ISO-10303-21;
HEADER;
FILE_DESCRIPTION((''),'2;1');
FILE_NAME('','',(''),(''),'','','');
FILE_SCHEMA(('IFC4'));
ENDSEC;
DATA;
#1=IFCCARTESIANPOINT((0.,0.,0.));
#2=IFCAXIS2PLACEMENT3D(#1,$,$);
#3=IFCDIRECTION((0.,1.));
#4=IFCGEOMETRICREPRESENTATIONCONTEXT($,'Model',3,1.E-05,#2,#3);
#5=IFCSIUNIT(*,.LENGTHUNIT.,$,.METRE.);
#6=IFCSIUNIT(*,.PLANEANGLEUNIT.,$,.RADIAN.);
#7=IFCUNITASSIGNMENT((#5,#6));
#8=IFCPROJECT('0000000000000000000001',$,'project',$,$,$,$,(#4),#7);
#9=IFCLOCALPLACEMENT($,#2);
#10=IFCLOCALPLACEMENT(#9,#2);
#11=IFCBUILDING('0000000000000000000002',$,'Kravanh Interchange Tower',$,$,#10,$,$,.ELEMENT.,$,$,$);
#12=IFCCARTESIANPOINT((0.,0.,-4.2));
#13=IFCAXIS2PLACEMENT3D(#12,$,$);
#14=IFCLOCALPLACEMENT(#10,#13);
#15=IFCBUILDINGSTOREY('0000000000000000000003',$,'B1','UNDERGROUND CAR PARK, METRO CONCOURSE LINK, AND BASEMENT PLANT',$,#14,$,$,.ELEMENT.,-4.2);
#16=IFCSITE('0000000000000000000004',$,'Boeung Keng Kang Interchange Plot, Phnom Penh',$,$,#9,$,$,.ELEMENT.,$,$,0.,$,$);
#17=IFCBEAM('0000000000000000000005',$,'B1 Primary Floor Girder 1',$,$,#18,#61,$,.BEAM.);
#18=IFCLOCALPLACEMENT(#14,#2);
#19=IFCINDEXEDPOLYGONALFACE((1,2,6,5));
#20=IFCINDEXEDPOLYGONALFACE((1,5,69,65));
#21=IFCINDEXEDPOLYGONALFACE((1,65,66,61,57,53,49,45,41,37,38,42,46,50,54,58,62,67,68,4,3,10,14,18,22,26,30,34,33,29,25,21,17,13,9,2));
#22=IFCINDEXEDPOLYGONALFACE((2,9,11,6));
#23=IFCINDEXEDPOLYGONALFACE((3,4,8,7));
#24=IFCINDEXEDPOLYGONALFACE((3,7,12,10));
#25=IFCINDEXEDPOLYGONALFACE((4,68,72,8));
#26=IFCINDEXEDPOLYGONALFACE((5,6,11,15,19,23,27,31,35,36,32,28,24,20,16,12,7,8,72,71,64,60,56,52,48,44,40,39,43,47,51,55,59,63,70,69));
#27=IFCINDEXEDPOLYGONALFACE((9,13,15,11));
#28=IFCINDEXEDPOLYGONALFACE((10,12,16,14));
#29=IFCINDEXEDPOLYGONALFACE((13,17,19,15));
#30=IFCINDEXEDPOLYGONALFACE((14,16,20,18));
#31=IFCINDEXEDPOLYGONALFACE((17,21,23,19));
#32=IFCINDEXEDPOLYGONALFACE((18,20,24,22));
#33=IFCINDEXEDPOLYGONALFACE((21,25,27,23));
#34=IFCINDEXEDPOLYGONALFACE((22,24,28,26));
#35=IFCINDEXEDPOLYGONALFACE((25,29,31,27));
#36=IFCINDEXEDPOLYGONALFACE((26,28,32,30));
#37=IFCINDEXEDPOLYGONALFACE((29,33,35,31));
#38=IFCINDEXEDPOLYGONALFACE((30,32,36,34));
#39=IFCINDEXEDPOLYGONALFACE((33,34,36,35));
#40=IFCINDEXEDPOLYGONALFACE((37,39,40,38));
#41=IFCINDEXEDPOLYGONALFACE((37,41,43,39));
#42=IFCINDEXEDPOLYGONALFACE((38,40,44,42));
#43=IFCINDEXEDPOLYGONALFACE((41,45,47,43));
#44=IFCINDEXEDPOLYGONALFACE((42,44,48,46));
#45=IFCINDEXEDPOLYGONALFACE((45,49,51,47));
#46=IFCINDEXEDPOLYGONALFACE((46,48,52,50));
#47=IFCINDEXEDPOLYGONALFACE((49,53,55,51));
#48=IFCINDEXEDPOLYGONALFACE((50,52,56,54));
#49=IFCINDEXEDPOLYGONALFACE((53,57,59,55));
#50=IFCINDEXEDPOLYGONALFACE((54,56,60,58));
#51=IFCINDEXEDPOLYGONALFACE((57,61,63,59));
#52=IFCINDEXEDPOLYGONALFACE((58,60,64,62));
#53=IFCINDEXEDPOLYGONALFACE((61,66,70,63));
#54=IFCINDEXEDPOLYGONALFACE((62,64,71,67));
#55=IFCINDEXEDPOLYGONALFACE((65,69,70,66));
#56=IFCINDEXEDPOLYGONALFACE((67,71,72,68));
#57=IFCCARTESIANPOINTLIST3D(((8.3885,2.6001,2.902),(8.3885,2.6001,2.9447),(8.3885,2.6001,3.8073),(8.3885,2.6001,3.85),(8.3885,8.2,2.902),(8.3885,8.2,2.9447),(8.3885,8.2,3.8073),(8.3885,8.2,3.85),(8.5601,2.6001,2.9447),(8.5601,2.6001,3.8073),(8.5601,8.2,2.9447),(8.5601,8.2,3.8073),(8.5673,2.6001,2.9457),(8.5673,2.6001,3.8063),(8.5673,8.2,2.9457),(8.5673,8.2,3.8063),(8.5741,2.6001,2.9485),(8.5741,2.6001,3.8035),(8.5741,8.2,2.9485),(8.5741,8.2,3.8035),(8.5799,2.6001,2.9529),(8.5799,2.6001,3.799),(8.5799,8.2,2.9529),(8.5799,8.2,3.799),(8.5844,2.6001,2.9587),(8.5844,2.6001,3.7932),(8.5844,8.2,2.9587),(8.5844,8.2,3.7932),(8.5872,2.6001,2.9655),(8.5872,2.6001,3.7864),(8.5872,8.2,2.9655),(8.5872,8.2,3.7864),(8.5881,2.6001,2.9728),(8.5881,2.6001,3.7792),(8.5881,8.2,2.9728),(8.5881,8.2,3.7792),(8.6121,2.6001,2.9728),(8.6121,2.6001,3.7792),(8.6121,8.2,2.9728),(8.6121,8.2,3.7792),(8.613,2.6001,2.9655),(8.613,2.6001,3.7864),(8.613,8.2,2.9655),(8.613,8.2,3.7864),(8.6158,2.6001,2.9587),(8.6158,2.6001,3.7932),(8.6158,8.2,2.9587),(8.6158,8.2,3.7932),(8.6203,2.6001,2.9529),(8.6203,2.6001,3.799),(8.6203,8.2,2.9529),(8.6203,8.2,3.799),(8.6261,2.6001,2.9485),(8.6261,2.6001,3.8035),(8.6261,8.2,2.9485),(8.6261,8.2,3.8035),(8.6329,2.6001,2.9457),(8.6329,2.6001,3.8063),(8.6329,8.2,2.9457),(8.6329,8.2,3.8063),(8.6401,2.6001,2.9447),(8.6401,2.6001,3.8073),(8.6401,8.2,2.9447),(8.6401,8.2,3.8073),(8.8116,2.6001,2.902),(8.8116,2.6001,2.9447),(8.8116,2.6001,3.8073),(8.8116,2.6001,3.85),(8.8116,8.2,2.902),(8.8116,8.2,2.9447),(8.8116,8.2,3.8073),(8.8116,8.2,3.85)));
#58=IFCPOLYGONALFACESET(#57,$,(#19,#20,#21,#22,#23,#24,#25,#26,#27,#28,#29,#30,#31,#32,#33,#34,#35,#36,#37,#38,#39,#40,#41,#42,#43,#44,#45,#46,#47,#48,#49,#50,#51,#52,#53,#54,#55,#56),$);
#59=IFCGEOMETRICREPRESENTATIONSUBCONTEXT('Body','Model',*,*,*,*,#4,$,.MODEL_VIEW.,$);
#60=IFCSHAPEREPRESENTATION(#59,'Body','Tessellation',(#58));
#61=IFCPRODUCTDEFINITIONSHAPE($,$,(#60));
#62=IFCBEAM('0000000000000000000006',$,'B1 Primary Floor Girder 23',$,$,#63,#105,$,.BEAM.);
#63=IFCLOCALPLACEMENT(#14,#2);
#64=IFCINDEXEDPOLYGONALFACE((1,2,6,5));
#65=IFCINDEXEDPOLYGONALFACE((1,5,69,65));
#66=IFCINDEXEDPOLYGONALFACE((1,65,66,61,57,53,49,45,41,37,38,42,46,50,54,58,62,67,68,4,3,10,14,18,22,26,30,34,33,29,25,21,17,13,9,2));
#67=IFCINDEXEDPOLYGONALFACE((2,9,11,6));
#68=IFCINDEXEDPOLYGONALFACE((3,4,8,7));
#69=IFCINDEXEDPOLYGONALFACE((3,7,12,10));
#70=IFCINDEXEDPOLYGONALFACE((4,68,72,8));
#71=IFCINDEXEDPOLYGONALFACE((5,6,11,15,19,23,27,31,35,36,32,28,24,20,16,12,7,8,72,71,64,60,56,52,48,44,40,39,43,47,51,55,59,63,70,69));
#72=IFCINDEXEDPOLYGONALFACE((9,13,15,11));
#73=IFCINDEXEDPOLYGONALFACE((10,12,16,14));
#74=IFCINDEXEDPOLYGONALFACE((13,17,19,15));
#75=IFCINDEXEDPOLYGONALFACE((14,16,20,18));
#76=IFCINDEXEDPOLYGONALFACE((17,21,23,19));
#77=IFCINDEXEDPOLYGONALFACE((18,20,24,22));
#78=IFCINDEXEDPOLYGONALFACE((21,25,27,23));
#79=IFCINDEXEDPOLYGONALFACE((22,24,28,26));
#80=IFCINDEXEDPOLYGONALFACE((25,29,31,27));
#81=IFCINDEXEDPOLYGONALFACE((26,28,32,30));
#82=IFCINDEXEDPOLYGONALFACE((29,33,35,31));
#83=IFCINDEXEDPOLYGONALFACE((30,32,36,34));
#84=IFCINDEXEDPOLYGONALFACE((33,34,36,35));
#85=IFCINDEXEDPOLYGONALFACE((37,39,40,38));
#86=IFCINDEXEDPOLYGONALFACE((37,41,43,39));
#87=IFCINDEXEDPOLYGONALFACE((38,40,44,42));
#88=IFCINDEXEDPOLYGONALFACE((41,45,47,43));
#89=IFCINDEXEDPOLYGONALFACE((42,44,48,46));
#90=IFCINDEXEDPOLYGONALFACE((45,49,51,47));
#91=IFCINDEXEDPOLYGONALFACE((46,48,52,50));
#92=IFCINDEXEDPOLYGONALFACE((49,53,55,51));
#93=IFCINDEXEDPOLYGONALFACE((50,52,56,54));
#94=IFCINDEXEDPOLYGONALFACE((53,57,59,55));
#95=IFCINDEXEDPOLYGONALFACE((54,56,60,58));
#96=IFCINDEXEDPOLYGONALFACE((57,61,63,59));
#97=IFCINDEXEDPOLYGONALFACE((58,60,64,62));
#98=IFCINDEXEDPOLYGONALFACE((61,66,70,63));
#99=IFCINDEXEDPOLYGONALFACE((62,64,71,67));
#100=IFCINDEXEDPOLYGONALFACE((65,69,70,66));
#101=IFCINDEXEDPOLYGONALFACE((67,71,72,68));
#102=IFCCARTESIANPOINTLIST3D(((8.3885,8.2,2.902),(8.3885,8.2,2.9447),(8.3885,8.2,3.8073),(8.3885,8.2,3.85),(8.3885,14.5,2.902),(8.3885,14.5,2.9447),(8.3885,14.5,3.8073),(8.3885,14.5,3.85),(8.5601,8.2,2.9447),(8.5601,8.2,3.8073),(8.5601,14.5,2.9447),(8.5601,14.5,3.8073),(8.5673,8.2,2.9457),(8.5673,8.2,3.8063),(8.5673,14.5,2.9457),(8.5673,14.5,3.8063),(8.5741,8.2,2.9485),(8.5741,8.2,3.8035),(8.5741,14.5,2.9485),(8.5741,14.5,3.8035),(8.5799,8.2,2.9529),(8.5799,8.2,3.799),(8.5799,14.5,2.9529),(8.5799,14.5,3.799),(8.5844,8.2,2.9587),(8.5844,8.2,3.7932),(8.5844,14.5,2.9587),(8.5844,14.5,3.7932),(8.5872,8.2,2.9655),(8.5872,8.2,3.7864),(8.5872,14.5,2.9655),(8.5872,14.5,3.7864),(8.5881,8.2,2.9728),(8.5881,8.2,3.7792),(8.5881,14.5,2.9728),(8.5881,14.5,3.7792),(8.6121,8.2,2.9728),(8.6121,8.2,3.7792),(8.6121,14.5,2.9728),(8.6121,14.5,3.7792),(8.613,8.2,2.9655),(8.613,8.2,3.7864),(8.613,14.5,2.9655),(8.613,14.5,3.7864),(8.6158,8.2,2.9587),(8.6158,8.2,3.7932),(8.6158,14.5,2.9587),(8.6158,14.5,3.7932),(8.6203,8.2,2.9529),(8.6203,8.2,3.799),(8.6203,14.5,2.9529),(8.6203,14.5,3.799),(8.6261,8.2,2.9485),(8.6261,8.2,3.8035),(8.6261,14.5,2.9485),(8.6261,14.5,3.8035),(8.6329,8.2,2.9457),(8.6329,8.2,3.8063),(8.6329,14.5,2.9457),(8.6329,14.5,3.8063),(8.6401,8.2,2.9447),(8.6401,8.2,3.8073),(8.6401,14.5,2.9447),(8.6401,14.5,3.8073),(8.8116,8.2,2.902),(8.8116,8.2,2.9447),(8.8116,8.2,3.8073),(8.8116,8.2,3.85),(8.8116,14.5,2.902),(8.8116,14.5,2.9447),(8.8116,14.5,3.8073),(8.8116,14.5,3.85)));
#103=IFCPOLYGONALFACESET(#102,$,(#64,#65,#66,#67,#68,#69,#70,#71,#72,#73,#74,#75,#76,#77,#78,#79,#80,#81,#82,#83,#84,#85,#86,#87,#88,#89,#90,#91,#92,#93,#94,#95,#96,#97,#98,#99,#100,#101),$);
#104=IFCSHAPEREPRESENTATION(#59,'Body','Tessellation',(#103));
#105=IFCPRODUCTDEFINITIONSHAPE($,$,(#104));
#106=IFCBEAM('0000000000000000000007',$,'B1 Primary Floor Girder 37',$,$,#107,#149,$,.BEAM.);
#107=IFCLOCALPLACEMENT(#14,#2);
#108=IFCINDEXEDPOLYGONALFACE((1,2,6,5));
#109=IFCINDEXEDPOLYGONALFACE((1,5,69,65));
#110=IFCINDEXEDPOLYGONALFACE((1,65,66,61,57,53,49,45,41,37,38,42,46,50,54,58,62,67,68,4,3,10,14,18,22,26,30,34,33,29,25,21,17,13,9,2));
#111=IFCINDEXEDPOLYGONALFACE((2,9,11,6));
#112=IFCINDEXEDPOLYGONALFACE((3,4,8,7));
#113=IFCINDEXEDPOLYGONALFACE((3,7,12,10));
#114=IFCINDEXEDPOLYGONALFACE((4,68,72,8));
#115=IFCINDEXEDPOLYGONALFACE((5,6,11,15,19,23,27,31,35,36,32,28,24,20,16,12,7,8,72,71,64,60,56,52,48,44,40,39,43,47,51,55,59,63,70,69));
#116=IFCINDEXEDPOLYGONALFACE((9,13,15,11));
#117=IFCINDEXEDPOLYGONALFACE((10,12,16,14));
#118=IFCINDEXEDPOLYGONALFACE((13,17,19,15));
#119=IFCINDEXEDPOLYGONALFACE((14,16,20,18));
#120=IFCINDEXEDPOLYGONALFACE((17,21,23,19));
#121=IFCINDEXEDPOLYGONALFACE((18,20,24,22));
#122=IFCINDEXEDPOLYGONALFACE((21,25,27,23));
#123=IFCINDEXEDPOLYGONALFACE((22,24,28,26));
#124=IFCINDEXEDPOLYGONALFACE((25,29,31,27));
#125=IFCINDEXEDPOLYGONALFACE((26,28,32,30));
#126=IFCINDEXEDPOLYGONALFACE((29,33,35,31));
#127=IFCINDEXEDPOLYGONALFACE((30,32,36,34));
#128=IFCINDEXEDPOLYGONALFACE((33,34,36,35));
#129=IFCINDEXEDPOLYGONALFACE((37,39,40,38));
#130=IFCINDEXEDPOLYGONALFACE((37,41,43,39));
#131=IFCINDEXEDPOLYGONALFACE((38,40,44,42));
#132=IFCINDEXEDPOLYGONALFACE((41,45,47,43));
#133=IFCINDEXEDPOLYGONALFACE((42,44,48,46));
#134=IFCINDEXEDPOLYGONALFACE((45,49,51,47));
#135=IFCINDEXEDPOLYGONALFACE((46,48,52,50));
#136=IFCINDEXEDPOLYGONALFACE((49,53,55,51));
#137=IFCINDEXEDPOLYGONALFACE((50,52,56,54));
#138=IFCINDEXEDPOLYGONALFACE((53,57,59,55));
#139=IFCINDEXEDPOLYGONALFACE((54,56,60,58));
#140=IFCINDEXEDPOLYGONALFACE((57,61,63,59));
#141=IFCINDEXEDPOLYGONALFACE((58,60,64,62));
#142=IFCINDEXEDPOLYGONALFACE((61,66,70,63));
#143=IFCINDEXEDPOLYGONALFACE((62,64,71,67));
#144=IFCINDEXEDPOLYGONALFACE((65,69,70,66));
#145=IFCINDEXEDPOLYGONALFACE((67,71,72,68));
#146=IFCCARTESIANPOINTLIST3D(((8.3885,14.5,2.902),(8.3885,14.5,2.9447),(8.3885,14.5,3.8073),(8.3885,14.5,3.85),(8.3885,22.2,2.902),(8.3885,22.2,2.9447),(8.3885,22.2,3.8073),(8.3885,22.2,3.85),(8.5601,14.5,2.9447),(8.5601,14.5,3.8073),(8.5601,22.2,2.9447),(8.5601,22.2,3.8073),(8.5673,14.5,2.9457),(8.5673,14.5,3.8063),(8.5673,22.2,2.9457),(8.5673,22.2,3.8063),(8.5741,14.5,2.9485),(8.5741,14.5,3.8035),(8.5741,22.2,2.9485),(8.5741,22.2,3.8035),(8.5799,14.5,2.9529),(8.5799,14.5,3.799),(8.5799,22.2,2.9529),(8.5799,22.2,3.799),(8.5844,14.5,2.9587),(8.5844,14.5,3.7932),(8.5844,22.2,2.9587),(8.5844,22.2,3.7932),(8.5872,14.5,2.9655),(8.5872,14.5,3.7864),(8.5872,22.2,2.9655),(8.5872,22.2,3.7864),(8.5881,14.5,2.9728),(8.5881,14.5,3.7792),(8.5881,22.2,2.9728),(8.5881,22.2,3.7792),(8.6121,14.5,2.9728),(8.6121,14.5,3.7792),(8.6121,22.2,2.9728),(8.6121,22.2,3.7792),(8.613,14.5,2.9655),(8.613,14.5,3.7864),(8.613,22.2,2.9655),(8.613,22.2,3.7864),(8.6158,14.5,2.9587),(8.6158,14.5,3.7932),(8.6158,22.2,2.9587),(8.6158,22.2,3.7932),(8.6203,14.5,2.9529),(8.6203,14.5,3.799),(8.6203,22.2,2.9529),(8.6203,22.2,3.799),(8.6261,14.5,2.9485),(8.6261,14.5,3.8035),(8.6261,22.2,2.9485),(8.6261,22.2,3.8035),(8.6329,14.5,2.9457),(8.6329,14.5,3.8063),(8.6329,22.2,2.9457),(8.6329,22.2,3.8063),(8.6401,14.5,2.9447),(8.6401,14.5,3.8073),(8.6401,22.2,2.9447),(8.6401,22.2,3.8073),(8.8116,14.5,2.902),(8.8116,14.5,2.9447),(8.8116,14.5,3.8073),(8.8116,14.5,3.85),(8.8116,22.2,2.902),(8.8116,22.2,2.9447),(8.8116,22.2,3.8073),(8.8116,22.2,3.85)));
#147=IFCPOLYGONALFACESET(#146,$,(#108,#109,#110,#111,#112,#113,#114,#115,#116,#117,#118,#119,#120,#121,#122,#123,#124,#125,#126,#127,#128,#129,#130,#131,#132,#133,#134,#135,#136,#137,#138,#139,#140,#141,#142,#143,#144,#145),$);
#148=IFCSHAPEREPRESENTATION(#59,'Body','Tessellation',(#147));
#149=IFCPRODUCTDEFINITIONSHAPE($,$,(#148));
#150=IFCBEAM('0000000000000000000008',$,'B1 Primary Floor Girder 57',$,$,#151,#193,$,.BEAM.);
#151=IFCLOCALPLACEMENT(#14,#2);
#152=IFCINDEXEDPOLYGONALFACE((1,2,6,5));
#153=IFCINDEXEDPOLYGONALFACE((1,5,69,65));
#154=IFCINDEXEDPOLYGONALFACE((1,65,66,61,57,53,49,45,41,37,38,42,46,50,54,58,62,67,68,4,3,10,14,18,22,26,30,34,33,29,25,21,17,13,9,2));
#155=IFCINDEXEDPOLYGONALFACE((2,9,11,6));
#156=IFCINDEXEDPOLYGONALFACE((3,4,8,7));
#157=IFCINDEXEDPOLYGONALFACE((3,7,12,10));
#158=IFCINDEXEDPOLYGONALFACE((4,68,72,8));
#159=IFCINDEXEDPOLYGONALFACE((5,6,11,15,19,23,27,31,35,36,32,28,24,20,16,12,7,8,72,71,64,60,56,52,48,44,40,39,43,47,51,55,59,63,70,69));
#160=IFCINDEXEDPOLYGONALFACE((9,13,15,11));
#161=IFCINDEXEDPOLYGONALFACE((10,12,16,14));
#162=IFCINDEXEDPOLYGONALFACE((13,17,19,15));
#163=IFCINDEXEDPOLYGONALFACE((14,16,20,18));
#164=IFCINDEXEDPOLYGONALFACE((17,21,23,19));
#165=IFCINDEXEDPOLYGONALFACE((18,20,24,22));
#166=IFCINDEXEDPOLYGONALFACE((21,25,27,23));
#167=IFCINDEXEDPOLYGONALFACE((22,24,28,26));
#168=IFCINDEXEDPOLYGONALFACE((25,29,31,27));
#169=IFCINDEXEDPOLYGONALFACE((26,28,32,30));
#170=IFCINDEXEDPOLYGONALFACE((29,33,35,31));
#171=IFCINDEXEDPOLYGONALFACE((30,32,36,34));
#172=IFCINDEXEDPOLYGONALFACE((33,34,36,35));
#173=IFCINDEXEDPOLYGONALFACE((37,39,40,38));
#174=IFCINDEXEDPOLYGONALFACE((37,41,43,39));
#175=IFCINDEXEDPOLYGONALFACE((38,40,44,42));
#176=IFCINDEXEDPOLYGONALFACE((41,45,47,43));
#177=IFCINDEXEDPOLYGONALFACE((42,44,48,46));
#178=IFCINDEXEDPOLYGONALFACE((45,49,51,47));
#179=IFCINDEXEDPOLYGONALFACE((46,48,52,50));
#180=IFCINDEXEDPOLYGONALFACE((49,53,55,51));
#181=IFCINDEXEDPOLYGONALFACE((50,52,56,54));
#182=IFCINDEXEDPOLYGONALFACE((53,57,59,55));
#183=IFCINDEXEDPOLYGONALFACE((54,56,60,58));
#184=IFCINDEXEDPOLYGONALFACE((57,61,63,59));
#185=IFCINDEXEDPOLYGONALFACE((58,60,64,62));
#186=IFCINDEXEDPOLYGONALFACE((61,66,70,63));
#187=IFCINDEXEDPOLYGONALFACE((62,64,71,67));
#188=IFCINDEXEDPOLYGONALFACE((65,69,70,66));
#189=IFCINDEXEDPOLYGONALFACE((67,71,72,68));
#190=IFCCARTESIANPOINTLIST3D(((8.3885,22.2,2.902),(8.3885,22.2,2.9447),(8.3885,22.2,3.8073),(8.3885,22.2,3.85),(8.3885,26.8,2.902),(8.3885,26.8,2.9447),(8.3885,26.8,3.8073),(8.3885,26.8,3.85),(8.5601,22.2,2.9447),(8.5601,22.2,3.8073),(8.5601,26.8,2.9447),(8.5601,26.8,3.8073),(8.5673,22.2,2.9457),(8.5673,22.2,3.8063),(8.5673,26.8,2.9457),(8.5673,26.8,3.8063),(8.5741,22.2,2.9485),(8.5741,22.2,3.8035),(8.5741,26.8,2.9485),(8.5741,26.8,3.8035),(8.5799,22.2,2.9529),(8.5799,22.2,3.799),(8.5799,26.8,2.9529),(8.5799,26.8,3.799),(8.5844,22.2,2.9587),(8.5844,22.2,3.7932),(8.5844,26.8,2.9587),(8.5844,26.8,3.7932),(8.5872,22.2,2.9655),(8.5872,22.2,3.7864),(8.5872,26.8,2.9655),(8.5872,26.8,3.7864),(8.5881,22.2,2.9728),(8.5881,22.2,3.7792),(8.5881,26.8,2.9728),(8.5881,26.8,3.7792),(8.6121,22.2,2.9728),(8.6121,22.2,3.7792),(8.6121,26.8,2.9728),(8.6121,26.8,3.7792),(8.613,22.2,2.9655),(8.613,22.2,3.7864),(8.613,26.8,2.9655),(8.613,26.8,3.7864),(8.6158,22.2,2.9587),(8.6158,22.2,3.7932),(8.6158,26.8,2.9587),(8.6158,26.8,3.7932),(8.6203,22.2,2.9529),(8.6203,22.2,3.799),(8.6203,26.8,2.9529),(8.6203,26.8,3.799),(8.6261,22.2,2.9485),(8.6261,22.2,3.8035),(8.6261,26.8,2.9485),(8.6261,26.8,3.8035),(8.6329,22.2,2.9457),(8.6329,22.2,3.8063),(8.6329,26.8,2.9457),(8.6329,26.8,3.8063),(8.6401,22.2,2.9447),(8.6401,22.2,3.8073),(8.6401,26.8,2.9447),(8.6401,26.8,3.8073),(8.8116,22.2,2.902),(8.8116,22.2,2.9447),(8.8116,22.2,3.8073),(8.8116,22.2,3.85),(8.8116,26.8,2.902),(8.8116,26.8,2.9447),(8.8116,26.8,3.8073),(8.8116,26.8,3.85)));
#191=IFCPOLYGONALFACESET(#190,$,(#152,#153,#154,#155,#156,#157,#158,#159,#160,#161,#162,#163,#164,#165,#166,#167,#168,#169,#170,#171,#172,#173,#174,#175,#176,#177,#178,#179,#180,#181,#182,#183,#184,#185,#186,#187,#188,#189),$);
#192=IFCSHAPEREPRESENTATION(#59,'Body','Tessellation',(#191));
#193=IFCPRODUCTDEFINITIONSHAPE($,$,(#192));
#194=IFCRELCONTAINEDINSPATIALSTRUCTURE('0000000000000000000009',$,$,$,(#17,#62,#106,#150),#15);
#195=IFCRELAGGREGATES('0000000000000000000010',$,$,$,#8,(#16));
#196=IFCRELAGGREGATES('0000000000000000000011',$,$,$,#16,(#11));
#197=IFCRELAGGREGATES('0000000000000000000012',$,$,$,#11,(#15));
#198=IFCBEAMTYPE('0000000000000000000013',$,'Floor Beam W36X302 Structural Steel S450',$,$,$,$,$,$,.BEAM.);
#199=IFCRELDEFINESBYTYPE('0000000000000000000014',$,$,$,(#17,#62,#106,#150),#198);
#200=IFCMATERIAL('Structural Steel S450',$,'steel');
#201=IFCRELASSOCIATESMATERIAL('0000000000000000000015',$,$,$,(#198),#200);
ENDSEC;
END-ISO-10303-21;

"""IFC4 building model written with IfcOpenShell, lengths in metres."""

from ifc_helpers import new_model, si_unit, direction, frame, origin, origin_2d, place, context, subcontext, project, spatial, i_section, extrude, material, material_profile, profile_set, type_object, element, save


model = new_model("IFC4")

# Units and contexts
model_context = context("Model", 3, precision=1e-05, world=origin(), true_north=direction((0.0, 1.0)))
body_context = subcontext(model_context, "Body", "Model", "MODEL_VIEW")
ifc_project = project(units=[si_unit("LENGTHUNIT", "METRE"), si_unit("PLANEANGLEUNIT", "RADIAN")], contexts=[model_context])

# Site, building, storey
site_placement = place(None, origin())
site = spatial("IfcSite", under=ifc_project, at=site_placement, Name="Boeung Keng Kang Interchange Plot, Phnom Penh", CompositionType="ELEMENT", RefElevation=0.0)
building_placement = place(site_placement, origin())
building = spatial("IfcBuilding", under=site, at=building_placement, Name="Kravanh Interchange Tower", CompositionType="ELEMENT")
storey_placement = place(building_placement, frame((0.0, 0.0, -4.2)))
storey = spatial("IfcBuildingStorey", under=building, at=storey_placement, Name="B1", Description="UNDERGROUND CAR PARK, METRO CONCOURSE LINK, AND BASEMENT PLANT", CompositionType="ELEMENT", Elevation=-4.2)

# Beams
ifc_material_1 = material(Name="Structural Steel S450", Category="steel")
ifc_material_profile_1 = material_profile(ifc_material_1, i_section(OverallWidth=0.4231, OverallDepth=0.948, WebThickness=0.0239, FlangeThickness=0.0427, FilletRadius=0.0281, at=origin_2d()), Name="W36X302")
ifc_profile_set_1 = profile_set([ifc_material_profile_1], Name="Structural Steel S450")
beam_type_1 = type_object("IfcBeamType", Name="Floor Beam W36X302 Structural Steel S450", PredefinedType="BEAM", material=ifc_profile_set_1)
beam_1_placement = place(storey_placement, frame((8.6001, 2.6001, 3.376), z_axis=(0.0, 1.0, 0.0), x_axis=(-1.0, 0.0, 0.0)))
element("IfcBeam", 1, at=beam_1_placement, inside=storey, type_object=beam_type_1, Name="B1 Primary Floor Girder 1", PredefinedType="BEAM", context=body_context, shape_type="SweptSolid", body=[
    extrude(i_section(OverallWidth=0.4231, OverallDepth=0.948, WebThickness=0.0239, FlangeThickness=0.0427, FilletRadius=0.0281, at=origin_2d()), origin(), (0.0, 0.0, 1.0), 5.5999),
])
beam_2_placement = place(storey_placement, frame((8.6001, 8.2, 3.376), z_axis=(0.0, 1.0, 0.0), x_axis=(-1.0, 0.0, 0.0)))
element("IfcBeam", 2, at=beam_2_placement, inside=storey, type_object=beam_type_1, Name="B1 Primary Floor Girder 23", PredefinedType="BEAM", context=body_context, shape_type="SweptSolid", body=[
    extrude(i_section(OverallWidth=0.4231, OverallDepth=0.948, WebThickness=0.0239, FlangeThickness=0.0427, FilletRadius=0.0281, at=origin_2d()), origin(), (0.0, 0.0, 1.0), 6.3),
])
beam_3_placement = place(storey_placement, frame((8.6001, 14.5, 3.376), z_axis=(0.0, 1.0, 0.0), x_axis=(-1.0, 0.0, 0.0)))
element("IfcBeam", 3, at=beam_3_placement, inside=storey, type_object=beam_type_1, Name="B1 Primary Floor Girder 37", PredefinedType="BEAM", context=body_context, shape_type="SweptSolid", body=[
    extrude(i_section(OverallWidth=0.4231, OverallDepth=0.948, WebThickness=0.0239, FlangeThickness=0.0427, FilletRadius=0.0281, at=origin_2d()), origin(), (0.0, 0.0, 1.0), 7.7),
])
beam_4_placement = place(storey_placement, frame((8.6001, 22.2, 3.376), z_axis=(0.0, 1.0, 0.0), x_axis=(-1.0, 0.0, 0.0)))
element("IfcBeam", 4, at=beam_4_placement, inside=storey, type_object=beam_type_1, Name="B1 Primary Floor Girder 57", PredefinedType="BEAM", context=body_context, shape_type="SweptSolid", body=[
    extrude(i_section(OverallWidth=0.4231, OverallDepth=0.948, WebThickness=0.0239, FlangeThickness=0.0427, FilletRadius=0.0281, at=origin_2d()), origin(), (0.0, 0.0, 1.0), 4.6001),
])

save(model, "model.ifc")
